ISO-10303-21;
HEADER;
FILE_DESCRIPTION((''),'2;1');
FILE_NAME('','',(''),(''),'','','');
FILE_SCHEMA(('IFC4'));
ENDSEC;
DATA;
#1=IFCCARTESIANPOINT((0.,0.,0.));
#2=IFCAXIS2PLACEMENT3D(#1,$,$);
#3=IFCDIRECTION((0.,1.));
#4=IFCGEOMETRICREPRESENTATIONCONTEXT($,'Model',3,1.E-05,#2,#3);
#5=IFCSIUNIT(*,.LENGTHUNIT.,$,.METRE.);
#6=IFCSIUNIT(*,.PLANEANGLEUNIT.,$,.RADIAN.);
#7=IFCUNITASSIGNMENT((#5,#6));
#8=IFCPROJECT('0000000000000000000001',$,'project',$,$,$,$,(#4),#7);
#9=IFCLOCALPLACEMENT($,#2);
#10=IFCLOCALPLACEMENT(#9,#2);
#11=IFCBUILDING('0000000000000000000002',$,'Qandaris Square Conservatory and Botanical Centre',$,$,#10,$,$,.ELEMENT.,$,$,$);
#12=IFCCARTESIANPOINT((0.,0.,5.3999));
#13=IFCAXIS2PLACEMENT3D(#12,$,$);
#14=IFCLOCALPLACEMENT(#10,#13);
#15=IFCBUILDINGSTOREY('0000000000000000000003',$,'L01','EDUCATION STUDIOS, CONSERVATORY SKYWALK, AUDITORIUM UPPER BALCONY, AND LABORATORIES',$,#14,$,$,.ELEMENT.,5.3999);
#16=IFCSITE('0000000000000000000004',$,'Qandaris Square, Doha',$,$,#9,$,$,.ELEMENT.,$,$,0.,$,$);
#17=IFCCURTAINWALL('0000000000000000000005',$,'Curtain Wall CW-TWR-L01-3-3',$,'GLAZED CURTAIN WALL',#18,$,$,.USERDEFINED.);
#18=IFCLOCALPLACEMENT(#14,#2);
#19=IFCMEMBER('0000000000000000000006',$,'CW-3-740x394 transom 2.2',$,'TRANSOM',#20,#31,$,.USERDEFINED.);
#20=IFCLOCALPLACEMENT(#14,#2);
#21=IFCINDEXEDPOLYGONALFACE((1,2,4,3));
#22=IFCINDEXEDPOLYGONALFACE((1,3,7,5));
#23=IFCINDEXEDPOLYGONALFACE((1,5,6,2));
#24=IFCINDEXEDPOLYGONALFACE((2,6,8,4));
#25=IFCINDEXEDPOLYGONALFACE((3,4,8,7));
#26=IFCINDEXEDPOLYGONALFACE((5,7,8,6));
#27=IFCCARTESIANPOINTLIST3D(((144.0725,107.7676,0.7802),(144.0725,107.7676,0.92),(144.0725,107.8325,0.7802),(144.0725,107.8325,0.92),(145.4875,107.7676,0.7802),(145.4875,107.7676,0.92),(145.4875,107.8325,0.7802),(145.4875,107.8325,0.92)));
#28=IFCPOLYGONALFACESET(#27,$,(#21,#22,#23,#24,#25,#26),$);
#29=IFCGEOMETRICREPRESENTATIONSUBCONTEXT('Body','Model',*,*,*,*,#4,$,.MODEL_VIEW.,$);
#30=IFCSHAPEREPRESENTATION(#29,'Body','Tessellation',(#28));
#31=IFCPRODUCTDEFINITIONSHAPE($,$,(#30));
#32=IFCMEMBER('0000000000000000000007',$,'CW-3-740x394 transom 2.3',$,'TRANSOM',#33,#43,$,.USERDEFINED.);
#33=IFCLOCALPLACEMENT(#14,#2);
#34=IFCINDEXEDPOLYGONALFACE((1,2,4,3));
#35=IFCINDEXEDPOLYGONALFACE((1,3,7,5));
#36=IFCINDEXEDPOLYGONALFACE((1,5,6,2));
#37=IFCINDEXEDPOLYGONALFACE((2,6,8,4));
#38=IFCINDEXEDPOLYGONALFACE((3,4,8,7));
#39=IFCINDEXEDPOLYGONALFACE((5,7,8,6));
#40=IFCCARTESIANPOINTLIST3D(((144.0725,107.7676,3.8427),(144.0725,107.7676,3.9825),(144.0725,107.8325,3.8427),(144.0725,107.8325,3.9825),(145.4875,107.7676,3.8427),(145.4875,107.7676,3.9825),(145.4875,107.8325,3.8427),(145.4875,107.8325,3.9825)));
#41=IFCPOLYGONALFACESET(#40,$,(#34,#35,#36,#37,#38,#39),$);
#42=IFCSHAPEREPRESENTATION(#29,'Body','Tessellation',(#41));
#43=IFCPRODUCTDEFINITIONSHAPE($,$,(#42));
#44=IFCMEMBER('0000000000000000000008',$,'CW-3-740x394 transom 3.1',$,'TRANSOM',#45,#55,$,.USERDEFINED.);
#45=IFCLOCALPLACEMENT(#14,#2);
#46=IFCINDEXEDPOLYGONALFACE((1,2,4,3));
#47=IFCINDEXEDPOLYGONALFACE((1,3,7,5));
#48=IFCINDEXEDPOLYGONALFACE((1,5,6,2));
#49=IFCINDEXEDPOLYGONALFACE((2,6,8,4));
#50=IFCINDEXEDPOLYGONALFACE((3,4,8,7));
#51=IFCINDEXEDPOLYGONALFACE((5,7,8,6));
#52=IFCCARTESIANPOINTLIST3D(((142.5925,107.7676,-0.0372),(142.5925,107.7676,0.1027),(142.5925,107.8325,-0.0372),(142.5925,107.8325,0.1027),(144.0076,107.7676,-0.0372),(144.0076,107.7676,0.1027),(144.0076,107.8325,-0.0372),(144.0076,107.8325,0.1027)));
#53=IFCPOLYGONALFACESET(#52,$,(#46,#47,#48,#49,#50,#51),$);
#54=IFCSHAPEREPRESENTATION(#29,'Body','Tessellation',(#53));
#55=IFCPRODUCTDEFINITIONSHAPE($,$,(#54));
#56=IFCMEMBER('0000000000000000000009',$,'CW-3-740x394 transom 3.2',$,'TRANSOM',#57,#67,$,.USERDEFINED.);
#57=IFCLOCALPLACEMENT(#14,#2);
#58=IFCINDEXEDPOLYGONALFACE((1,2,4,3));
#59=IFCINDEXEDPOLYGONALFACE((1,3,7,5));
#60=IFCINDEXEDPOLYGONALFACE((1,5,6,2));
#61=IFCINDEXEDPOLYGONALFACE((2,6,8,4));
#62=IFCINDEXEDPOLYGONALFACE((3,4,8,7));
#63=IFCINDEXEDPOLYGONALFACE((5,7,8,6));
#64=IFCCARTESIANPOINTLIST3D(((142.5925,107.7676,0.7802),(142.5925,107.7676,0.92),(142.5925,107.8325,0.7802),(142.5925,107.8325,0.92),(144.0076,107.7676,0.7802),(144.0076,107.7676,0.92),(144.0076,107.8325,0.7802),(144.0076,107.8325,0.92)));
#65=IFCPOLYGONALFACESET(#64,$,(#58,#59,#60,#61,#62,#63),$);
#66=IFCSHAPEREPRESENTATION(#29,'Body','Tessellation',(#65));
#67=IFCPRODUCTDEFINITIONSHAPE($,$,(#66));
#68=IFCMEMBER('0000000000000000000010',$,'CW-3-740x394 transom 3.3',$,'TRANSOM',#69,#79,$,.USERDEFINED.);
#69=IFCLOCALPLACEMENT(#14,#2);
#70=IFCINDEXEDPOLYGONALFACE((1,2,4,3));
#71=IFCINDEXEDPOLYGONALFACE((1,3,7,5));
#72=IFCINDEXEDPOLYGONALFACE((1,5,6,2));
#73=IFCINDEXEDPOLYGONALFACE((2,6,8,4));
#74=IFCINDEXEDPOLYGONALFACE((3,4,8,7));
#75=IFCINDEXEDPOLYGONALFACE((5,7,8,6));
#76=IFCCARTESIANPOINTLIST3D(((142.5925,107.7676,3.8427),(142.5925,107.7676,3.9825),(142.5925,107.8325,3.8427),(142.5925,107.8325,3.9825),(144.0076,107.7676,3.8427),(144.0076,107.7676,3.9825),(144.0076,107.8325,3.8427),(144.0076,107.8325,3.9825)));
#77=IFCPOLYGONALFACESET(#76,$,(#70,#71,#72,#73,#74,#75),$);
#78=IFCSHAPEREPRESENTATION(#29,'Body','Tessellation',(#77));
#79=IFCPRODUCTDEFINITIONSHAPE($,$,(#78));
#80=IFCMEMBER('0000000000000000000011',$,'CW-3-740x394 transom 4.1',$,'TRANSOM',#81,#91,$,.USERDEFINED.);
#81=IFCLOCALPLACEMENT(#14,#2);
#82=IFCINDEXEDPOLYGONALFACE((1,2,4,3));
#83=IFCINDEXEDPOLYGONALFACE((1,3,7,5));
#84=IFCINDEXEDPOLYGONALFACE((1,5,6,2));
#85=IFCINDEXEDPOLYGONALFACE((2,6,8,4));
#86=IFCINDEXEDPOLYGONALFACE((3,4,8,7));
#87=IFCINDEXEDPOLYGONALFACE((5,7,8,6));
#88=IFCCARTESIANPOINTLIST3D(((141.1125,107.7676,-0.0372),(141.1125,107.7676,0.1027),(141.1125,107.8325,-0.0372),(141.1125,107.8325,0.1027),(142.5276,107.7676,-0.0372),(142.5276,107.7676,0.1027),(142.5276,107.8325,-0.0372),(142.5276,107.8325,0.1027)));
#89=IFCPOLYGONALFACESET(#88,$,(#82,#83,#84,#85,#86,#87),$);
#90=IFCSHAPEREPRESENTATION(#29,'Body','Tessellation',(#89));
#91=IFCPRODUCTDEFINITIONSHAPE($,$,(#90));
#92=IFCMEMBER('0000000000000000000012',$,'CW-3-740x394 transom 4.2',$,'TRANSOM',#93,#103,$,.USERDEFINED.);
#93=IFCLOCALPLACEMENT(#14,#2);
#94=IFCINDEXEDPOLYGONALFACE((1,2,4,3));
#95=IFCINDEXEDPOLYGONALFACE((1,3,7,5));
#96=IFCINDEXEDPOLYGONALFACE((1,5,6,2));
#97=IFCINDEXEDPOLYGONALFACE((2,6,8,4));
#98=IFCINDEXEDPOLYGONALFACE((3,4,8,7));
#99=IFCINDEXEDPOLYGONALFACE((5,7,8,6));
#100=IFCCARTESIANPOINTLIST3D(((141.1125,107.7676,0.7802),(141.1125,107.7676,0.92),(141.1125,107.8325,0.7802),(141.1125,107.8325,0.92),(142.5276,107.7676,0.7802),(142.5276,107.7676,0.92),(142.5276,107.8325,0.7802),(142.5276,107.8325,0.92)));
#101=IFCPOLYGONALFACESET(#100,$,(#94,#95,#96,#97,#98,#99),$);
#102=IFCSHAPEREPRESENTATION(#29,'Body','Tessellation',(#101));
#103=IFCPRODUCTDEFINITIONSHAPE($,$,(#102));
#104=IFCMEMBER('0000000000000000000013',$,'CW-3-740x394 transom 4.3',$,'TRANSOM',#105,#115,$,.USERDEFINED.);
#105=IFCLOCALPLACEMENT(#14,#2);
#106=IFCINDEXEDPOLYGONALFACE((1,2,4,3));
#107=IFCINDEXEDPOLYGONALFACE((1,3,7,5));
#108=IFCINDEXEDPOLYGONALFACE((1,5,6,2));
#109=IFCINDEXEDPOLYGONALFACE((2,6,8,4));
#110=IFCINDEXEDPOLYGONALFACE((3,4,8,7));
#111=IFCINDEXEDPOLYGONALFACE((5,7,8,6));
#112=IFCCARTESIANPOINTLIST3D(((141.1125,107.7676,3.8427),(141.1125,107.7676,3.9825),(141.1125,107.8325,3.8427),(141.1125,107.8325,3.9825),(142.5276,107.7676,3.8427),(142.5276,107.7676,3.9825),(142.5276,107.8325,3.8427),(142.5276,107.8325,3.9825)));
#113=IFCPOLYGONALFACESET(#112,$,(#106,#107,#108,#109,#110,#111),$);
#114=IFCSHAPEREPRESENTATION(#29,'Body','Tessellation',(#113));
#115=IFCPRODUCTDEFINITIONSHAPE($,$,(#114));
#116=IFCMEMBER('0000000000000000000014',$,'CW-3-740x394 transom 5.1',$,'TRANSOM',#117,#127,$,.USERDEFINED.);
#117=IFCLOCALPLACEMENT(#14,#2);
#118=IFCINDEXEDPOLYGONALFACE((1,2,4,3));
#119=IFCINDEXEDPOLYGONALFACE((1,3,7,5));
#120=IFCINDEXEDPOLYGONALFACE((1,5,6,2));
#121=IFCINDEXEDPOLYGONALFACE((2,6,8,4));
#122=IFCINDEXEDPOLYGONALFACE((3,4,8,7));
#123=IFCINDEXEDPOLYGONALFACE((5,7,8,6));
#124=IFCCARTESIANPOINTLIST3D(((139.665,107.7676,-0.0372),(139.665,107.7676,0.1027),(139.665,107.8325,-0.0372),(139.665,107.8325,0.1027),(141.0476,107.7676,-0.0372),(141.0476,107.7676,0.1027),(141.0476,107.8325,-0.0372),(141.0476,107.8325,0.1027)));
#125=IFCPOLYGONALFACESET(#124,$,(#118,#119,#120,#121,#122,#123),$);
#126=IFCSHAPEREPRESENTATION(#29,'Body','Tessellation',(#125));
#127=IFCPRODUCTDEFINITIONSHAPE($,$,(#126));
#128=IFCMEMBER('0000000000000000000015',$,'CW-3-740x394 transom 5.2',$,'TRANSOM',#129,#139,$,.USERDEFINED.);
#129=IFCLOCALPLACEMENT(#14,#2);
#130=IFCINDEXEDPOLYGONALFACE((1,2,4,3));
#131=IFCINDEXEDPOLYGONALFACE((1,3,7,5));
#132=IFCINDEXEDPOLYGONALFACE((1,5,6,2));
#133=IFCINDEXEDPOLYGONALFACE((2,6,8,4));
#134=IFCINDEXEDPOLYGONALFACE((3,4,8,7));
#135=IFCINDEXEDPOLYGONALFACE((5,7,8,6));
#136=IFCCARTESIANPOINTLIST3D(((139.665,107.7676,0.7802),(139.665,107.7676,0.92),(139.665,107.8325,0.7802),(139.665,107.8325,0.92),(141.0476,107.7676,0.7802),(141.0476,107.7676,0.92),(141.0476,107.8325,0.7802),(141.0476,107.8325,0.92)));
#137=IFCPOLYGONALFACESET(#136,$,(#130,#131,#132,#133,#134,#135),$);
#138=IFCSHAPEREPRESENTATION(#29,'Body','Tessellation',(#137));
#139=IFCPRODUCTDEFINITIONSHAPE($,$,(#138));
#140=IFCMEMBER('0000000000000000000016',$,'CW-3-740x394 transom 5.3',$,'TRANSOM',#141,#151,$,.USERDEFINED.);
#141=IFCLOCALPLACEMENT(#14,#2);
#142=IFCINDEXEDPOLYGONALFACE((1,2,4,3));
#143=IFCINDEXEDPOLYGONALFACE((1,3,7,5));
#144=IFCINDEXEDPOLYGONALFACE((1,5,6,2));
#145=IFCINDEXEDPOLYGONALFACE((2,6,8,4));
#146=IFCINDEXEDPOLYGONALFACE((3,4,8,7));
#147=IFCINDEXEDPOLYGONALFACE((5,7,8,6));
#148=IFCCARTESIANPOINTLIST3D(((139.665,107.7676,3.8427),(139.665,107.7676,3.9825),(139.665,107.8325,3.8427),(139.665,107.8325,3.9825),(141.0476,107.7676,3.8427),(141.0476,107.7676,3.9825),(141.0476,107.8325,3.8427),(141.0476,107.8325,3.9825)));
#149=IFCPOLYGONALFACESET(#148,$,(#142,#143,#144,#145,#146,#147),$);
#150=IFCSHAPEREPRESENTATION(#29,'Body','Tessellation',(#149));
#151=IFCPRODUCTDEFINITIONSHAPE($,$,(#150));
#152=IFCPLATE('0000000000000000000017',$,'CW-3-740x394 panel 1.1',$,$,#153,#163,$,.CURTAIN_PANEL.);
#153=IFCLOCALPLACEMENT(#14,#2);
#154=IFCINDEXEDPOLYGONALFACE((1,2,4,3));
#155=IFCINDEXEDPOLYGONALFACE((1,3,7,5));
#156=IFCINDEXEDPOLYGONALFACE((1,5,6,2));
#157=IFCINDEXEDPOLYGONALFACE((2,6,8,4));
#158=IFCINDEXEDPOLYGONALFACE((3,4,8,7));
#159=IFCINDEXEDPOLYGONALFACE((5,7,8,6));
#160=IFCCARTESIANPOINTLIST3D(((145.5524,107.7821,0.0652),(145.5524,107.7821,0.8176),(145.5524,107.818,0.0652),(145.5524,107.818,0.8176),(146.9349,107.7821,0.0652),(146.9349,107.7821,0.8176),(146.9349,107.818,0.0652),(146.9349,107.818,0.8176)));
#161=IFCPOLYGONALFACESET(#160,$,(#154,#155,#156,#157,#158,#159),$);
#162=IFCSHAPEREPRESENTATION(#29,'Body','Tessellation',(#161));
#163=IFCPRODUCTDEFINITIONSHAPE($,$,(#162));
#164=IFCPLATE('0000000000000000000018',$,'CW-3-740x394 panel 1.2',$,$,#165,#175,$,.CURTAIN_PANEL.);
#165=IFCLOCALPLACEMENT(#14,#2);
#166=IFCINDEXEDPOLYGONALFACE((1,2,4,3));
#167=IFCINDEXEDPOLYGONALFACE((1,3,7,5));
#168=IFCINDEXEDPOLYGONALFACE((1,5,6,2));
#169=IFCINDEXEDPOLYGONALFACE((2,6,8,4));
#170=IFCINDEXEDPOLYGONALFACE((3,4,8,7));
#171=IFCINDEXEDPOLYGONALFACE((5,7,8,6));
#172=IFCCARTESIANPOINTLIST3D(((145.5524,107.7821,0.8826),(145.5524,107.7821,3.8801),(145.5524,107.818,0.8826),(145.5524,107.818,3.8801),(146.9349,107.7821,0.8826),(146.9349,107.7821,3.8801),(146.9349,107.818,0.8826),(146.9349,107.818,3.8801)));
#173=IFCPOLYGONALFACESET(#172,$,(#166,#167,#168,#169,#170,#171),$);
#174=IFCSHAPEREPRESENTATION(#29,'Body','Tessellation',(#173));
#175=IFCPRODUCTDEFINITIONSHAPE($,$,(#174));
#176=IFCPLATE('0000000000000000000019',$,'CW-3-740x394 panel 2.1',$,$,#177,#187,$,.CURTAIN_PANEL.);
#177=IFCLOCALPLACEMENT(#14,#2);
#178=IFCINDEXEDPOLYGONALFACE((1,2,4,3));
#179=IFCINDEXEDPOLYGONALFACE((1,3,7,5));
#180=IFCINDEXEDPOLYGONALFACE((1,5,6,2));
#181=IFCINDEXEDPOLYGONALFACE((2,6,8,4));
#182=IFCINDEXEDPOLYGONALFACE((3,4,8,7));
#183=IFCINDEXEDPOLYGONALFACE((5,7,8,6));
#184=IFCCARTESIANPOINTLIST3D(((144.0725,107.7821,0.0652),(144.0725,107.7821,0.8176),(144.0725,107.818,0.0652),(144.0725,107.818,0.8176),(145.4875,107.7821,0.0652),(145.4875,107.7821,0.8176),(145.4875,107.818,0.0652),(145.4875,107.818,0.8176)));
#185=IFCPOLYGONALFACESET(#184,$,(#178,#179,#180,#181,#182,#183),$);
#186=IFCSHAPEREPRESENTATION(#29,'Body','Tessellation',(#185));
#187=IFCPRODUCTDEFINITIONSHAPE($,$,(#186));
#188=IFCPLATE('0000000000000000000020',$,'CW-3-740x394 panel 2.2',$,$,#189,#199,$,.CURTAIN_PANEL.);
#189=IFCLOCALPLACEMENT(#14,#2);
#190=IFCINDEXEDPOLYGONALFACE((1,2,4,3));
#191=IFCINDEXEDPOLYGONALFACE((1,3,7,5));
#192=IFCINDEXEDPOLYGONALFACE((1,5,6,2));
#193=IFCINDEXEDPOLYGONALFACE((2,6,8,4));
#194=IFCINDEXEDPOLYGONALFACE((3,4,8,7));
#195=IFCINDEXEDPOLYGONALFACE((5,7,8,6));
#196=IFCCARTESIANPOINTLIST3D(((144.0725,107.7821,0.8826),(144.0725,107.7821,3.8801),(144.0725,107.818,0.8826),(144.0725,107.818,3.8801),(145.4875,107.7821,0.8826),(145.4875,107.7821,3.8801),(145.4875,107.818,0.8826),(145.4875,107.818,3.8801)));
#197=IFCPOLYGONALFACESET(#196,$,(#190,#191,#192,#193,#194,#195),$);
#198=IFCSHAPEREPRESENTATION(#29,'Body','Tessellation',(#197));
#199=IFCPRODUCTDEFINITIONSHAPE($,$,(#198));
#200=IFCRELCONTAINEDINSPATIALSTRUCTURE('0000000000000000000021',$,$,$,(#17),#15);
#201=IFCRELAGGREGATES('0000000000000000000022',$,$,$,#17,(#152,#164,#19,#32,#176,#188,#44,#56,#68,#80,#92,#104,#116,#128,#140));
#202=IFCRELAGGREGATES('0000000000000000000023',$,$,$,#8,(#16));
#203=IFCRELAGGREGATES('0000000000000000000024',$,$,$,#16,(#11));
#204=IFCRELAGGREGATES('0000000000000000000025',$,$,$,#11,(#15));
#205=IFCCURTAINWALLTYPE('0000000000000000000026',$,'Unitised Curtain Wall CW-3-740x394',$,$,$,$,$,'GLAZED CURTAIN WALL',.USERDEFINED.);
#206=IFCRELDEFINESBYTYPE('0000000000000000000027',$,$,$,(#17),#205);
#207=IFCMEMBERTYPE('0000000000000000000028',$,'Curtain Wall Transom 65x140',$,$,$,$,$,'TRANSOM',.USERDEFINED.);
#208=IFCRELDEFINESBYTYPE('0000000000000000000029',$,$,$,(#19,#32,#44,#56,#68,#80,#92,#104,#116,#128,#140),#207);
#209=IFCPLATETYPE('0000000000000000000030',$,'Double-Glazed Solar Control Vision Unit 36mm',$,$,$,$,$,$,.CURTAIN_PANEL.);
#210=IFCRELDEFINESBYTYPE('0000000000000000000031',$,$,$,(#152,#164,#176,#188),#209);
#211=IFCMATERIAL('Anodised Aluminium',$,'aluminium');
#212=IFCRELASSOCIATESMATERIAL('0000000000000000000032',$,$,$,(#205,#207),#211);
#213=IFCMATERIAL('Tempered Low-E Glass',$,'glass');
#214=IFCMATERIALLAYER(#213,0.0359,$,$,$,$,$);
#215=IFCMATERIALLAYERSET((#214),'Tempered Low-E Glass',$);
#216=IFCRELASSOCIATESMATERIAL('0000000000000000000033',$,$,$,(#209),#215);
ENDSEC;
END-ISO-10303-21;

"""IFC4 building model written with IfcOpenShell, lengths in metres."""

from ifc_helpers import new_model, si_unit, direction, frame, origin, origin_2d, place, context, subcontext, project, spatial, rectangle, extrude, material, layer, layer_set, material_profile, profile_set, type_object, element, aggregate, save


model = new_model("IFC4")

# Units and contexts
model_context = context("Model", 3, precision=1e-05, world=origin(), true_north=direction((0.0, 1.0)))
body_context = subcontext(model_context, "Body", "Model", "MODEL_VIEW")
ifc_project = project(units=[si_unit("LENGTHUNIT", "METRE"), si_unit("PLANEANGLEUNIT", "RADIAN")], contexts=[model_context])

# Site, building, storey
site_placement = place(None, origin())
site = spatial("IfcSite", under=ifc_project, at=site_placement, Name="Qandaris Square, Doha", CompositionType="ELEMENT", RefElevation=0.0)
building_placement = place(site_placement, origin())
building = spatial("IfcBuilding", under=site, at=building_placement, Name="Qandaris Square Conservatory and Botanical Centre", CompositionType="ELEMENT")
storey_placement = place(building_placement, frame((0.0, 0.0, 5.3999)))
storey = spatial("IfcBuildingStorey", under=building, at=storey_placement, Name="L01", Description="EDUCATION STUDIOS, CONSERVATORY SKYWALK, AUDITORIUM UPPER BALCONY, AND LABORATORIES", CompositionType="ELEMENT", Elevation=5.3999)

# Curtain wall, members, plates
ifc_material_1 = material(Name="Anodised Aluminium", Category="aluminium")
curtain_wall_type = type_object("IfcCurtainWallType", Name="Unitised Curtain Wall CW-3-740x394", ElementType="GLAZED CURTAIN WALL", PredefinedType="USERDEFINED", material=ifc_material_1)
curtain_wall_placement = place(storey_placement, origin())
curtain_wall = element("IfcCurtainWall", 1, at=curtain_wall_placement, inside=storey, type_object=curtain_wall_type, Name="Curtain Wall CW-TWR-L01-3-3", ObjectType="GLAZED CURTAIN WALL", PredefinedType="USERDEFINED")
ifc_material_profile_1 = material_profile(ifc_material_1, rectangle(XDim=0.0649, YDim=0.1399, at=origin_2d()), Name="ALU-TRN 65x140")
ifc_profile_set_1 = profile_set([ifc_material_profile_1], Name="Anodised Aluminium")
member_type_1 = type_object("IfcMemberType", Name="Curtain Wall Transom 65x140", ElementType="TRANSOM", PredefinedType="USERDEFINED", material=ifc_profile_set_1)
member_1_placement = place(storey_placement, frame((145.4875, 107.8, 0.8501), z_axis=(-1.0, 0.0, 0.0), x_axis=(0.0, -1.0, 0.0)))
member_1 = element("IfcMember", 2, at=member_1_placement, type_object=member_type_1, Name="CW-3-740x394 transom 2.2", ObjectType="TRANSOM", PredefinedType="USERDEFINED", context=body_context, shape_type="SweptSolid", body=[
    extrude(rectangle(XDim=0.0649, YDim=0.1399, at=origin_2d()), origin(), (0.0, 0.0, 1.0), 1.415),
])
member_2_placement = place(storey_placement, frame((145.4875, 107.8, 3.9126), z_axis=(-1.0, 0.0, 0.0), x_axis=(0.0, -1.0, 0.0)))
member_2 = element("IfcMember", 3, at=member_2_placement, type_object=member_type_1, Name="CW-3-740x394 transom 2.3", ObjectType="TRANSOM", PredefinedType="USERDEFINED", context=body_context, shape_type="SweptSolid", body=[
    extrude(rectangle(XDim=0.0649, YDim=0.1399, at=origin_2d()), origin(), (0.0, 0.0, 1.0), 1.415),
])
member_3_placement = place(storey_placement, frame((144.0076, 107.8, 0.0327), z_axis=(-1.0, 0.0, 0.0), x_axis=(0.0, -1.0, 0.0)))
member_3 = element("IfcMember", 4, at=member_3_placement, type_object=member_type_1, Name="CW-3-740x394 transom 3.1", ObjectType="TRANSOM", PredefinedType="USERDEFINED", context=body_context, shape_type="SweptSolid", body=[
    extrude(rectangle(XDim=0.0649, YDim=0.1399, at=origin_2d()), origin(), (0.0, 0.0, 1.0), 1.415),
])
member_4_placement = place(storey_placement, frame((144.0076, 107.8, 0.8501), z_axis=(-1.0, 0.0, 0.0), x_axis=(0.0, -1.0, 0.0)))
member_4 = element("IfcMember", 5, at=member_4_placement, type_object=member_type_1, Name="CW-3-740x394 transom 3.2", ObjectType="TRANSOM", PredefinedType="USERDEFINED", context=body_context, shape_type="SweptSolid", body=[
    extrude(rectangle(XDim=0.0649, YDim=0.1399, at=origin_2d()), origin(), (0.0, 0.0, 1.0), 1.415),
])
member_5_placement = place(storey_placement, frame((144.0076, 107.8, 3.9126), z_axis=(-1.0, 0.0, 0.0), x_axis=(0.0, -1.0, 0.0)))
member_5 = element("IfcMember", 6, at=member_5_placement, type_object=member_type_1, Name="CW-3-740x394 transom 3.3", ObjectType="TRANSOM", PredefinedType="USERDEFINED", context=body_context, shape_type="SweptSolid", body=[
    extrude(rectangle(XDim=0.0649, YDim=0.1399, at=origin_2d()), origin(), (0.0, 0.0, 1.0), 1.415),
])
member_6_placement = place(storey_placement, frame((142.5276, 107.8, 0.0327), z_axis=(-1.0, 0.0, 0.0), x_axis=(0.0, -1.0, 0.0)))
member_6 = element("IfcMember", 7, at=member_6_placement, type_object=member_type_1, Name="CW-3-740x394 transom 4.1", ObjectType="TRANSOM", PredefinedType="USERDEFINED", context=body_context, shape_type="SweptSolid", body=[
    extrude(rectangle(XDim=0.0649, YDim=0.1399, at=origin_2d()), origin(), (0.0, 0.0, 1.0), 1.415),
])
member_7_placement = place(storey_placement, frame((142.5276, 107.8, 0.8501), z_axis=(-1.0, 0.0, 0.0), x_axis=(0.0, -1.0, 0.0)))
member_7 = element("IfcMember", 8, at=member_7_placement, type_object=member_type_1, Name="CW-3-740x394 transom 4.2", ObjectType="TRANSOM", PredefinedType="USERDEFINED", context=body_context, shape_type="SweptSolid", body=[
    extrude(rectangle(XDim=0.0649, YDim=0.1399, at=origin_2d()), origin(), (0.0, 0.0, 1.0), 1.415),
])
member_8_placement = place(storey_placement, frame((142.5276, 107.8, 3.9126), z_axis=(-1.0, 0.0, 0.0), x_axis=(0.0, -1.0, 0.0)))
member_8 = element("IfcMember", 9, at=member_8_placement, type_object=member_type_1, Name="CW-3-740x394 transom 4.3", ObjectType="TRANSOM", PredefinedType="USERDEFINED", context=body_context, shape_type="SweptSolid", body=[
    extrude(rectangle(XDim=0.0649, YDim=0.1399, at=origin_2d()), origin(), (0.0, 0.0, 1.0), 1.415),
])
member_9_placement = place(storey_placement, frame((141.0476, 107.8, 0.0327), z_axis=(-1.0, 0.0, 0.0), x_axis=(0.0, -1.0, 0.0)))
member_9 = element("IfcMember", 10, at=member_9_placement, type_object=member_type_1, Name="CW-3-740x394 transom 5.1", ObjectType="TRANSOM", PredefinedType="USERDEFINED", context=body_context, shape_type="SweptSolid", body=[
    extrude(rectangle(XDim=0.0649, YDim=0.1399, at=origin_2d()), origin(), (0.0, 0.0, 1.0), 1.3826),
])
member_10_placement = place(storey_placement, frame((141.0476, 107.8, 0.8501), z_axis=(-1.0, 0.0, 0.0), x_axis=(0.0, -1.0, 0.0)))
member_10 = element("IfcMember", 11, at=member_10_placement, type_object=member_type_1, Name="CW-3-740x394 transom 5.2", ObjectType="TRANSOM", PredefinedType="USERDEFINED", context=body_context, shape_type="SweptSolid", body=[
    extrude(rectangle(XDim=0.0649, YDim=0.1399, at=origin_2d()), origin(), (0.0, 0.0, 1.0), 1.3826),
])
member_11_placement = place(storey_placement, frame((141.0476, 107.8, 3.9126), z_axis=(-1.0, 0.0, 0.0), x_axis=(0.0, -1.0, 0.0)))
member_11 = element("IfcMember", 12, at=member_11_placement, type_object=member_type_1, Name="CW-3-740x394 transom 5.3", ObjectType="TRANSOM", PredefinedType="USERDEFINED", context=body_context, shape_type="SweptSolid", body=[
    extrude(rectangle(XDim=0.0649, YDim=0.1399, at=origin_2d()), origin(), (0.0, 0.0, 1.0), 1.3826),
])
ifc_material_2 = material(Name="Tempered Low-E Glass", Category="glass")
ifc_layer = layer(ifc_material_2, 0.0359)
ifc_layer_set = layer_set([ifc_layer], Name="Tempered Low-E Glass")
plate_type = type_object("IfcPlateType", Name="Double-Glazed Solar Control Vision Unit 36mm", PredefinedType="CURTAIN_PANEL", material=ifc_layer_set)
plate_1_placement = place(storey_placement, frame((146.2437, 107.8, 0.0652), z_axis=(0.0, 0.0, 1.0), x_axis=(-1.0, 0.0, 0.0)))
plate_1 = element("IfcPlate", 13, at=plate_1_placement, type_object=plate_type, Name="CW-3-740x394 panel 1.1", PredefinedType="CURTAIN_PANEL", context=body_context, shape_type="SweptSolid", body=[
    extrude(rectangle(XDim=1.3826, YDim=0.0359, at=origin_2d()), origin(), (0.0, 0.0, 1.0), 0.7524),
])
plate_2_placement = place(storey_placement, frame((146.2437, 107.8, 0.8826), z_axis=(0.0, 0.0, 1.0), x_axis=(-1.0, 0.0, 0.0)))
plate_2 = element("IfcPlate", 14, at=plate_2_placement, type_object=plate_type, Name="CW-3-740x394 panel 1.2", PredefinedType="CURTAIN_PANEL", context=body_context, shape_type="SweptSolid", body=[
    extrude(rectangle(XDim=1.3826, YDim=0.0359, at=origin_2d()), origin(), (0.0, 0.0, 1.0), 2.9976),
])
plate_3_placement = place(storey_placement, frame((144.78, 107.8, 0.0652), z_axis=(0.0, 0.0, 1.0), x_axis=(-1.0, 0.0, 0.0)))
plate_3 = element("IfcPlate", 15, at=plate_3_placement, type_object=plate_type, Name="CW-3-740x394 panel 2.1", PredefinedType="CURTAIN_PANEL", context=body_context, shape_type="SweptSolid", body=[
    extrude(rectangle(XDim=1.415, YDim=0.0359, at=origin_2d()), origin(), (0.0, 0.0, 1.0), 0.7524),
])
plate_4_placement = place(storey_placement, frame((144.78, 107.8, 0.8826), z_axis=(0.0, 0.0, 1.0), x_axis=(-1.0, 0.0, 0.0)))
plate_4 = element("IfcPlate", 16, at=plate_4_placement, type_object=plate_type, Name="CW-3-740x394 panel 2.2", PredefinedType="CURTAIN_PANEL", context=body_context, shape_type="SweptSolid", body=[
    extrude(rectangle(XDim=1.415, YDim=0.0359, at=origin_2d()), origin(), (0.0, 0.0, 1.0), 2.9976),
])
aggregate(curtain_wall, [plate_1, plate_2, member_1, member_2, plate_3, plate_4, member_3, member_4, member_5, member_6, member_7, member_8, member_9, member_10, member_11])

save(model, "model.ifc")
